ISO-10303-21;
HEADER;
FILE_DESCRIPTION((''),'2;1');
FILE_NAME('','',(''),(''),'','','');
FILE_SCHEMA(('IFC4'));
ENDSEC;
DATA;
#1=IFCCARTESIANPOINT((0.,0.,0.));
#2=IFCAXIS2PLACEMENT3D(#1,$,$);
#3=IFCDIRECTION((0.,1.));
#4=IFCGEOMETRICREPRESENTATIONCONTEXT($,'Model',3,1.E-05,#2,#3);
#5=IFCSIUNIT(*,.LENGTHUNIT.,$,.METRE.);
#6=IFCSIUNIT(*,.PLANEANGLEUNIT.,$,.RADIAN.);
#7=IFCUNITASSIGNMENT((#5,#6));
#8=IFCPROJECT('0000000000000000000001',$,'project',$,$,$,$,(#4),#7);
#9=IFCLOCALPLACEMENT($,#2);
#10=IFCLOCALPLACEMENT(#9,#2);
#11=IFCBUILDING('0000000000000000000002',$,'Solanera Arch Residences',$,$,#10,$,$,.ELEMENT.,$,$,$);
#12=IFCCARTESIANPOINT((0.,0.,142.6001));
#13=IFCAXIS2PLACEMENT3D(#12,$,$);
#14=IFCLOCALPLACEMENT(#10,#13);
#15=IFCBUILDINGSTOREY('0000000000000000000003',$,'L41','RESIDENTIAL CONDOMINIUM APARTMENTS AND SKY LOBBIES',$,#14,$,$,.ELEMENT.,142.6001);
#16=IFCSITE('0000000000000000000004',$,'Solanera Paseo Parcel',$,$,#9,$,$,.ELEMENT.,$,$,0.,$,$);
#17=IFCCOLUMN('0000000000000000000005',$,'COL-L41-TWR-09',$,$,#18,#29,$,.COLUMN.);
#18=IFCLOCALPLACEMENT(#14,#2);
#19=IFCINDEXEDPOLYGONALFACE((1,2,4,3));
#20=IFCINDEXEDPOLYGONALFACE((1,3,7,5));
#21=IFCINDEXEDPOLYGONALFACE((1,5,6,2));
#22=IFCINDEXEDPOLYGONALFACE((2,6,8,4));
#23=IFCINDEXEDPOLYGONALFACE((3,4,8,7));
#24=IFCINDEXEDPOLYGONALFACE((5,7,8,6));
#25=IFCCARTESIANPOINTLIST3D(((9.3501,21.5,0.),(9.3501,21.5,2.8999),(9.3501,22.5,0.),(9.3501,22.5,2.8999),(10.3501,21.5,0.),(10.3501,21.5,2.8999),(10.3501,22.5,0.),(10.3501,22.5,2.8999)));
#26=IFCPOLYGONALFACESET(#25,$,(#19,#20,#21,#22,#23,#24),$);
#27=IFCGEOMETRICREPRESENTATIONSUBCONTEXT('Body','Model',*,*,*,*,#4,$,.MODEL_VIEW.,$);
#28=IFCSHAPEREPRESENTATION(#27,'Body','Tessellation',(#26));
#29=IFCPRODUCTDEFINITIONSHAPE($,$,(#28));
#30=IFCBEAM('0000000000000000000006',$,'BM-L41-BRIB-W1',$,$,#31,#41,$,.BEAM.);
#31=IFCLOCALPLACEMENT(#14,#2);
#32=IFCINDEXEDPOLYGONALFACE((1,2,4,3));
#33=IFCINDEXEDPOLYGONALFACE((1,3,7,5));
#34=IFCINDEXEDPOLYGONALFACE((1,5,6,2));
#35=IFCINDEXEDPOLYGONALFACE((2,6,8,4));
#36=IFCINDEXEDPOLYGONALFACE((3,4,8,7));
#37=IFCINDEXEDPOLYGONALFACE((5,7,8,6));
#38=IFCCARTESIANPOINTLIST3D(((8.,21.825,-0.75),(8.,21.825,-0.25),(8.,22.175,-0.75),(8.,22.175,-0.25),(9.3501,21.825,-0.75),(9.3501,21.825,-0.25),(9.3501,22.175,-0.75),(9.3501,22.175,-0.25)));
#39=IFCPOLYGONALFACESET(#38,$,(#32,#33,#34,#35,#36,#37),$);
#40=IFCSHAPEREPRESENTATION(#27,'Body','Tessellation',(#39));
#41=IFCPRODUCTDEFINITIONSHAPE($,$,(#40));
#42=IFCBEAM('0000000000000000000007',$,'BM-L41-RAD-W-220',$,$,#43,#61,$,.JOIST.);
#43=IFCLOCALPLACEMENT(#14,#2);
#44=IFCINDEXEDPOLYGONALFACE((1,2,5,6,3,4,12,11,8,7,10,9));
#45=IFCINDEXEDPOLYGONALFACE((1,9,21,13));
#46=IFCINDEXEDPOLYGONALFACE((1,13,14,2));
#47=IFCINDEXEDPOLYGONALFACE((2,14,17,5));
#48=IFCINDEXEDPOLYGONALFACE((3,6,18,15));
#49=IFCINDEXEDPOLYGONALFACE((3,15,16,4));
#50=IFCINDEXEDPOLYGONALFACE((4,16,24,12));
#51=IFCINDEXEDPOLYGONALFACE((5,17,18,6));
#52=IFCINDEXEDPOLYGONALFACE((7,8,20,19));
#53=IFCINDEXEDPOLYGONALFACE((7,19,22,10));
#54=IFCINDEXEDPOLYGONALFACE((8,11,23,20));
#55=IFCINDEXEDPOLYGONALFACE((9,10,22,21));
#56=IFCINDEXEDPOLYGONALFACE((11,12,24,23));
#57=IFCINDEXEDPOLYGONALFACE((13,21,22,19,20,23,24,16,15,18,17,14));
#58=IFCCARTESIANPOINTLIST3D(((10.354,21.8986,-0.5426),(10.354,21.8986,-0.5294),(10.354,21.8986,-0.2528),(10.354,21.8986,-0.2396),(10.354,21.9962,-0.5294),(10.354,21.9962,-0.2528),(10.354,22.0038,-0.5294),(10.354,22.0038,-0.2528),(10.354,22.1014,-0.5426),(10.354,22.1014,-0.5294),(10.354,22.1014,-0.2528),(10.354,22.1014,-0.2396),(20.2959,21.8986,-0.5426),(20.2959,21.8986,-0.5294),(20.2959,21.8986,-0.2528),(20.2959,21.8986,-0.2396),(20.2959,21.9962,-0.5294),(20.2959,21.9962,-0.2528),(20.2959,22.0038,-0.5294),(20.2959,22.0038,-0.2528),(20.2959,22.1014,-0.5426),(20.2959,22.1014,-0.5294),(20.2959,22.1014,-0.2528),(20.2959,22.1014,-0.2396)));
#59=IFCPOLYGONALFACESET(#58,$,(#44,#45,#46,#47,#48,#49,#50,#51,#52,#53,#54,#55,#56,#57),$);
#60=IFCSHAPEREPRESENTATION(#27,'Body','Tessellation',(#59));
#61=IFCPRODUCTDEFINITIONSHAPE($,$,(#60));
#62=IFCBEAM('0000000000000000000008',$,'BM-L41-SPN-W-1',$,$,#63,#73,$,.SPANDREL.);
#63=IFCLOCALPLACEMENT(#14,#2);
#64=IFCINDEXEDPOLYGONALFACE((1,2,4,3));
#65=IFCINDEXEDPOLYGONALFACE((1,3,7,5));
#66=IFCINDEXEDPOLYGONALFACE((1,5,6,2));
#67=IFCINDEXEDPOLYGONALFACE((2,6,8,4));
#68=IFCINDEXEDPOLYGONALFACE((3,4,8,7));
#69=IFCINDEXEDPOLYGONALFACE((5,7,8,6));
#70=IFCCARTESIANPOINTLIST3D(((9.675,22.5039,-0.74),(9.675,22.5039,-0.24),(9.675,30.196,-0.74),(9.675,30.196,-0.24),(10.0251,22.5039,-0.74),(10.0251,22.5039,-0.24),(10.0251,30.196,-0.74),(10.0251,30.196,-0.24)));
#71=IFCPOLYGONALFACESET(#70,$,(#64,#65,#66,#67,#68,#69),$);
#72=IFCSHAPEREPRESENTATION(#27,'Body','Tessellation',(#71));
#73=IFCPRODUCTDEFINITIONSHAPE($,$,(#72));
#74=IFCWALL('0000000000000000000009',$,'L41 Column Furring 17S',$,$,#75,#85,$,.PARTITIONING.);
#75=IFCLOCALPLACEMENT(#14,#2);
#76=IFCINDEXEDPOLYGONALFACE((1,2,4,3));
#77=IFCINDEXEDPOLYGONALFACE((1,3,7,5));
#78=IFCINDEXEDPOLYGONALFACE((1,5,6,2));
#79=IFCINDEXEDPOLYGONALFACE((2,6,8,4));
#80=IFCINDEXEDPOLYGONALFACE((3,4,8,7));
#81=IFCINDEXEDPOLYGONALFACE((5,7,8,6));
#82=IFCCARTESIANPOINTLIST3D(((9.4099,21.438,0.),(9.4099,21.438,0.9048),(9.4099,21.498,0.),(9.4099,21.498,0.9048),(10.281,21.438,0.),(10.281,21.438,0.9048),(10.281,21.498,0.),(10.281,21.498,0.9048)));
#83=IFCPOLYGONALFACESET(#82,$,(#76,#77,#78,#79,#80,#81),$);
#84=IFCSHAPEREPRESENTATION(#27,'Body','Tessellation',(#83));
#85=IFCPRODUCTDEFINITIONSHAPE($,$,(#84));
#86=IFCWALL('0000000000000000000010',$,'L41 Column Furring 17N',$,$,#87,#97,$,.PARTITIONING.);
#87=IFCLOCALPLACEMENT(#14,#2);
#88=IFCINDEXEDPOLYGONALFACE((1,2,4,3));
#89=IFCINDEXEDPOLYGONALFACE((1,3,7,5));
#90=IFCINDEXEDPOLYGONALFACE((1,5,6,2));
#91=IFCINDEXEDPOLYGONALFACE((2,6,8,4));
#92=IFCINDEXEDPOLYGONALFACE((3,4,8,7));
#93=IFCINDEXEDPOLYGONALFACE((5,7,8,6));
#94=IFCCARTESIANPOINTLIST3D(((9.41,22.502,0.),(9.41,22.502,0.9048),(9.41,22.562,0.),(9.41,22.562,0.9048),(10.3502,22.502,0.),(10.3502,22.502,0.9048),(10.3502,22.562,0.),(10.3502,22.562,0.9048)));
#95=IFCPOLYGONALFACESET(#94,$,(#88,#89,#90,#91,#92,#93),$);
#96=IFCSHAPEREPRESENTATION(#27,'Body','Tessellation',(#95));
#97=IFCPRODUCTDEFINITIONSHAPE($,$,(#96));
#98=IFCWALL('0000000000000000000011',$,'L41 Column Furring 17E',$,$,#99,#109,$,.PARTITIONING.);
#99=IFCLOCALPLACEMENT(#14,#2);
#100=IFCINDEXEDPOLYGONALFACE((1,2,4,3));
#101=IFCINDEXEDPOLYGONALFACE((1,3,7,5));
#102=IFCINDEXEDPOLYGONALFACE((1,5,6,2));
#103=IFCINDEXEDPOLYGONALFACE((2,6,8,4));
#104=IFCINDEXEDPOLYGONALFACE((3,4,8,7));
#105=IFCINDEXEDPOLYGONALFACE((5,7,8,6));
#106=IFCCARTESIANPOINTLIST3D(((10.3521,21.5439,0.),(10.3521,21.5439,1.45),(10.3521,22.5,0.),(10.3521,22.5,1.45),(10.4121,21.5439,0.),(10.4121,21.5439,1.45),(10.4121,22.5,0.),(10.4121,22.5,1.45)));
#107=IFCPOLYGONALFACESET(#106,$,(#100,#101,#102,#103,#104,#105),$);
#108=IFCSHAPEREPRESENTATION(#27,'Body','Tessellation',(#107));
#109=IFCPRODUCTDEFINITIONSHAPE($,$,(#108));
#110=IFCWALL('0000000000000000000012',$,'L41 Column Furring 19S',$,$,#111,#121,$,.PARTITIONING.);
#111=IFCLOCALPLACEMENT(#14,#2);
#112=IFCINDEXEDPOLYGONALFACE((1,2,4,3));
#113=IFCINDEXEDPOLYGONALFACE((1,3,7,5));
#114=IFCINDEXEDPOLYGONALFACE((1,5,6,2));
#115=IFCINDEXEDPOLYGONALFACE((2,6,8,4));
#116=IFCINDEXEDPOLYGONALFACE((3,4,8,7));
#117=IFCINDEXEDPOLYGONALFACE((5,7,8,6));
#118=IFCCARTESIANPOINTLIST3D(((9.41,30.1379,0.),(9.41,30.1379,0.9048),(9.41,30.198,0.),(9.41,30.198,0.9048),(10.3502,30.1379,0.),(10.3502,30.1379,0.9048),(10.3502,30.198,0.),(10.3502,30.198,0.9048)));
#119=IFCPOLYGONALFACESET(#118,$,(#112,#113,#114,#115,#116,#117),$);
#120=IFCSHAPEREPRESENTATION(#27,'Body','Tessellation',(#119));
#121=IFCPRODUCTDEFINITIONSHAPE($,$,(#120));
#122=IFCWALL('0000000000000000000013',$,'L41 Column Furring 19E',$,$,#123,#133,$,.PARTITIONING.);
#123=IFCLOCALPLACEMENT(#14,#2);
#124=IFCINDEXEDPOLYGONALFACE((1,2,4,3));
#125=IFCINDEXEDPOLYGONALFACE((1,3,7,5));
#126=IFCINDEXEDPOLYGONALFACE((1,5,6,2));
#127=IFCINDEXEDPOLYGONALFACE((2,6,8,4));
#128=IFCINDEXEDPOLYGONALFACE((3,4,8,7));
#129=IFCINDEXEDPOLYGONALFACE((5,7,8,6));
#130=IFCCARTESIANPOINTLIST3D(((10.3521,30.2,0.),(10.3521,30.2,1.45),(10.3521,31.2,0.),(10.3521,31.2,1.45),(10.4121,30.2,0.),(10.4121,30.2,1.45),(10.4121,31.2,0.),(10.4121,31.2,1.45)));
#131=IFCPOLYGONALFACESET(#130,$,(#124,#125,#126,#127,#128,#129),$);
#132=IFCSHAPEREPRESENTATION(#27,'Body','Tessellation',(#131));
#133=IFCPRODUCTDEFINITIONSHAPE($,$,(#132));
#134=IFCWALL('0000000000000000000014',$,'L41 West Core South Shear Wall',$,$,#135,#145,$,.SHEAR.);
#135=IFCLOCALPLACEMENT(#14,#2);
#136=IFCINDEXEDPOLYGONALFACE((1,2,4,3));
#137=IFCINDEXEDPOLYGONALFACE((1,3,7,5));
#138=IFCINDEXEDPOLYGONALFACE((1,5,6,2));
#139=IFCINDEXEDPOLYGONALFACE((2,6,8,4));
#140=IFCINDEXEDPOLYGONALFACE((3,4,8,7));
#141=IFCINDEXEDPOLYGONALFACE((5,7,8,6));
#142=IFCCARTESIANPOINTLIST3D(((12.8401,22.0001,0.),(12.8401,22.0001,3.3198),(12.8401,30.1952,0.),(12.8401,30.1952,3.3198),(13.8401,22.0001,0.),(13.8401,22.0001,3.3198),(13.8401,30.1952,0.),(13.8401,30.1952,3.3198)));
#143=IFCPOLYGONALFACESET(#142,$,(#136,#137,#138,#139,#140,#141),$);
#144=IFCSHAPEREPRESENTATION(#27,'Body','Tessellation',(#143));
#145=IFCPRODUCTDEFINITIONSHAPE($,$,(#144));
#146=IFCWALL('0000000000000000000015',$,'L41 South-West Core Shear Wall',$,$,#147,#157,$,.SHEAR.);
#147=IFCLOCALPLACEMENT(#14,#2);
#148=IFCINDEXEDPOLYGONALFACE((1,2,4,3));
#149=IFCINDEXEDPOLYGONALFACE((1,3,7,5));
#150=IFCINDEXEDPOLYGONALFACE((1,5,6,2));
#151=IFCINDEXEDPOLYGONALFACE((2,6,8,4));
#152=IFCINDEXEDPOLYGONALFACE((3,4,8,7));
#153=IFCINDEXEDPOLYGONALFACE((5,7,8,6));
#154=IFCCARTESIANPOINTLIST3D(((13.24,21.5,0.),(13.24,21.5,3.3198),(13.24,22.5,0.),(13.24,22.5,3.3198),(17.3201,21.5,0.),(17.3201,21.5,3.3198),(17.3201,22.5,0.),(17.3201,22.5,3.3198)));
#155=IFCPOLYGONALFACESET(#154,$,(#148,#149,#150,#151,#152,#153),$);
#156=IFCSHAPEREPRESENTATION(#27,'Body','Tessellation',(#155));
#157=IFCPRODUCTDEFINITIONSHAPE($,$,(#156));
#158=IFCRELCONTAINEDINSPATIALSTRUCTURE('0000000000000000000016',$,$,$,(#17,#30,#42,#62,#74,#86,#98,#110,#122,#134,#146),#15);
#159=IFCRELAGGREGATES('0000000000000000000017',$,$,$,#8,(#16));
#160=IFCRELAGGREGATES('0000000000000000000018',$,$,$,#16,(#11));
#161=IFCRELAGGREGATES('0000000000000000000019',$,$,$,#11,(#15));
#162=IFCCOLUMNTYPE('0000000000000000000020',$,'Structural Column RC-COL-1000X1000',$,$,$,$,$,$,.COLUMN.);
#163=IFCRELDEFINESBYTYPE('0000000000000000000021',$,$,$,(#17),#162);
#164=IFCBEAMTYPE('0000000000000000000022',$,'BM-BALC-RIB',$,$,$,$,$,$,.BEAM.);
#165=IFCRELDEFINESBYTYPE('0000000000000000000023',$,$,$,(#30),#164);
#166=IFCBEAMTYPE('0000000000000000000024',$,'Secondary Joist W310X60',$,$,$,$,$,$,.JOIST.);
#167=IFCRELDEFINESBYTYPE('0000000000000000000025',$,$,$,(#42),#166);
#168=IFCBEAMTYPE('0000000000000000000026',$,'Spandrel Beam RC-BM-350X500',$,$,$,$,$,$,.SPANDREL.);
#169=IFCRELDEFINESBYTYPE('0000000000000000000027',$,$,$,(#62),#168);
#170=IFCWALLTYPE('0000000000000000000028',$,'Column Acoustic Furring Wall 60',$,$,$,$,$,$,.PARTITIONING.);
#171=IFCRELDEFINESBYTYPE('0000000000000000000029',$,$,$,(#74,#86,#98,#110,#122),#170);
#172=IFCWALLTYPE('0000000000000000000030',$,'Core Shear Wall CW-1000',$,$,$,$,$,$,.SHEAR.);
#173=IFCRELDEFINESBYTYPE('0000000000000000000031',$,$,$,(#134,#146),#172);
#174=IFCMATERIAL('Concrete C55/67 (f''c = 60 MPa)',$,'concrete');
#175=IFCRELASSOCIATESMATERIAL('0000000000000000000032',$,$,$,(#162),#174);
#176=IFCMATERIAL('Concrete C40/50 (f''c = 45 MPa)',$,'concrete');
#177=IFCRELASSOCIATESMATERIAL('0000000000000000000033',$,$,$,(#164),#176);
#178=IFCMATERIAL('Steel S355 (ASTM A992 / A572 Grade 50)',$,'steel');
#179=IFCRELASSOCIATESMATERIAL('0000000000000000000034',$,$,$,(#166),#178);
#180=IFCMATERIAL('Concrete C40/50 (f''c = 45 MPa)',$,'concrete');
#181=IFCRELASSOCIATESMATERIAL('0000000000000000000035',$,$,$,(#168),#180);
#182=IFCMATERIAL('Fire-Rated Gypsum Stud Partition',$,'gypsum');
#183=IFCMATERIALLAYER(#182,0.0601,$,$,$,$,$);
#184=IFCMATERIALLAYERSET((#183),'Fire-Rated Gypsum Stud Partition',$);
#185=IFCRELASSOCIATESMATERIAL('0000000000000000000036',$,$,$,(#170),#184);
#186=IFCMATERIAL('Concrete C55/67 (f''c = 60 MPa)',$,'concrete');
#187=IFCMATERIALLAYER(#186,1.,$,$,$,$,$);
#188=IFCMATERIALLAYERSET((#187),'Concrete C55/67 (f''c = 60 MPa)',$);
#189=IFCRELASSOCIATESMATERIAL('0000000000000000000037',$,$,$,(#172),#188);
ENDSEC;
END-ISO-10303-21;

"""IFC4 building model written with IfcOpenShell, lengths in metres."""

from ifc_helpers import new_model, si_unit, direction, frame, frame_2d, origin, origin_2d, place, context, subcontext, project, spatial, rectangle, i_section, extrude, material, layer, layer_set, material_profile, profile_set, type_object, element, save


model = new_model("IFC4")

# Units and contexts
model_context = context("Model", 3, precision=1e-05, world=origin(), true_north=direction((0.0, 1.0)))
body_context = subcontext(model_context, "Body", "Model", "MODEL_VIEW")
ifc_project = project(units=[si_unit("LENGTHUNIT", "METRE"), si_unit("PLANEANGLEUNIT", "RADIAN")], contexts=[model_context])

# Site, building, storey
site_placement = place(None, origin())
site = spatial("IfcSite", under=ifc_project, at=site_placement, Name="Solanera Paseo Parcel", CompositionType="ELEMENT", RefElevation=0.0)
building_placement = place(site_placement, origin())
building = spatial("IfcBuilding", under=site, at=building_placement, Name="Solanera Arch Residences", CompositionType="ELEMENT")
storey_placement = place(building_placement, frame((0.0, 0.0, 142.6001)))
storey = spatial("IfcBuildingStorey", under=building, at=storey_placement, Name="L41", Description="RESIDENTIAL CONDOMINIUM APARTMENTS AND SKY LOBBIES", CompositionType="ELEMENT", Elevation=142.6001)

# Column
ifc_material_1 = material(Name="Concrete C55/67 (f'c = 60 MPa)", Category="concrete")
ifc_material_profile_1 = material_profile(ifc_material_1, rectangle(XDim=1.0, YDim=1.0, at=origin_2d()))
ifc_profile_set_1 = profile_set([ifc_material_profile_1], Name="Concrete C55/67 (f'c = 60 MPa)")
column_type = type_object("IfcColumnType", Name="Structural Column RC-COL-1000X1000", PredefinedType="COLUMN", material=ifc_profile_set_1)
column_placement = place(storey_placement, frame((9.8501, 22.0, 0.0), z_axis=(0.0, 0.0, 1.0), x_axis=(1.0, 0.0, 0.0)))
element("IfcColumn", 1, at=column_placement, inside=storey, type_object=column_type, Name="COL-L41-TWR-09", PredefinedType="COLUMN", context=body_context, shape_type="SweptSolid", body=[
    extrude(rectangle(XDim=1.0, YDim=1.0, at=origin_2d()), origin(), (0.0, 0.0, 1.0), 2.8999),
])

# Beams
ifc_material_2 = material(Name="Concrete C40/50 (f'c = 45 MPa)", Category="concrete")
ifc_material_profile_2 = material_profile(ifc_material_2, rectangle(XDim=0.3501, YDim=0.5, at=origin_2d()))
ifc_profile_set_2 = profile_set([ifc_material_profile_2], Name="Concrete C40/50 (f'c = 45 MPa)")
beam_type_1 = type_object("IfcBeamType", Name="BM-BALC-RIB", PredefinedType="BEAM", material=ifc_profile_set_2)
beam_1_placement = place(storey_placement, frame((8.0, 22.0, -0.5), z_axis=(1.0, 0.0, 0.0), x_axis=(0.0, 1.0, 0.0)))
element("IfcBeam", 2, at=beam_1_placement, inside=storey, type_object=beam_type_1, Name="BM-L41-BRIB-W1", PredefinedType="BEAM", context=body_context, shape_type="SweptSolid", body=[
    extrude(rectangle(XDim=0.3501, YDim=0.5, at=origin_2d()), origin(), (0.0, 0.0, 1.0), 1.3501),
])
ifc_material_3 = material(Name="Steel S355 (ASTM A992 / A572 Grade 50)", Category="steel")
ifc_material_profile_3 = material_profile(ifc_material_3, i_section(OverallWidth=0.2029, OverallDepth=0.303, WebThickness=0.0076, FlangeThickness=0.0132, at=origin_2d()))
ifc_profile_set_3 = profile_set([ifc_material_profile_3], Name="Steel S355 (ASTM A992 / A572 Grade 50)")
beam_type_2 = type_object("IfcBeamType", Name="Secondary Joist W310X60", PredefinedType="JOIST", material=ifc_profile_set_3)
beam_2_placement = place(storey_placement, frame((10.354, 22.0, -0.3911), z_axis=(1.0, 0.0, 0.0), x_axis=(0.0, 1.0, 0.0)))
element("IfcBeam", 3, at=beam_2_placement, inside=storey, type_object=beam_type_2, Name="BM-L41-RAD-W-220", PredefinedType="JOIST", context=body_context, shape_type="SweptSolid", body=[
    extrude(i_section(OverallWidth=0.2029, OverallDepth=0.303, WebThickness=0.0076, FlangeThickness=0.0132, at=origin_2d()), origin(), (0.0, 0.0, 1.0), 9.9419),
])
ifc_material_4 = material(Name="Concrete C40/50 (f'c = 45 MPa)", Category="concrete")
ifc_material_profile_4 = material_profile(ifc_material_4, rectangle(XDim=0.3501, YDim=0.5, at=origin_2d()))
ifc_profile_set_4 = profile_set([ifc_material_profile_4], Name="Concrete C40/50 (f'c = 45 MPa)")
beam_type_3 = type_object("IfcBeamType", Name="Spandrel Beam RC-BM-350X500", PredefinedType="SPANDREL", material=ifc_profile_set_4)
beam_3_placement = place(storey_placement, frame((9.8501, 22.5039, -0.49), z_axis=(0.0, 1.0, 0.0), x_axis=(-1.0, 0.0, 0.0)))
element("IfcBeam", 4, at=beam_3_placement, inside=storey, type_object=beam_type_3, Name="BM-L41-SPN-W-1", PredefinedType="SPANDREL", context=body_context, shape_type="SweptSolid", body=[
    extrude(rectangle(XDim=0.3501, YDim=0.5, at=origin_2d()), origin(), (0.0, 0.0, 1.0), 7.6921),
])

# Walls
ifc_material_5 = material(Name="Fire-Rated Gypsum Stud Partition", Category="gypsum")
ifc_layer_1 = layer(ifc_material_5, 0.0601)
ifc_layer_set_1 = layer_set([ifc_layer_1], Name="Fire-Rated Gypsum Stud Partition")
wall_type_1 = type_object("IfcWallType", Name="Column Acoustic Furring Wall 60", PredefinedType="PARTITIONING", material=ifc_layer_set_1)
wall_1_placement = place(storey_placement, frame((9.4099, 21.468, 0.0), z_axis=(0.0, 0.0, 1.0), x_axis=(1.0, 0.0, 0.0)))
element("IfcWall", 5, at=wall_1_placement, inside=storey, type_object=wall_type_1, Name="L41 Column Furring 17S", PredefinedType="PARTITIONING", context=body_context, shape_type="SweptSolid", body=[
    extrude(rectangle(XDim=0.8711, YDim=0.0601, at=frame_2d((0.4355, 0.0))), origin(), (0.0, 0.0, 1.0), 0.9048),
])
wall_2_placement = place(storey_placement, frame((9.4099, 22.532, 0.0), z_axis=(0.0, 0.0, 1.0), x_axis=(1.0, 0.0, 0.0)))
element("IfcWall", 6, at=wall_2_placement, inside=storey, type_object=wall_type_1, Name="L41 Column Furring 17N", PredefinedType="PARTITIONING", context=body_context, shape_type="SweptSolid", body=[
    extrude(rectangle(XDim=0.9402, YDim=0.0601, at=frame_2d((0.4702, 0.0))), origin(), (0.0, 0.0, 1.0), 0.9048),
])
wall_3_placement = place(storey_placement, frame((10.3821, 21.5439, 0.0), z_axis=(0.0, 0.0, 1.0), x_axis=(0.0, 1.0, 0.0)))
element("IfcWall", 7, at=wall_3_placement, inside=storey, type_object=wall_type_1, Name="L41 Column Furring 17E", PredefinedType="PARTITIONING", context=body_context, shape_type="SweptSolid", body=[
    extrude(rectangle(XDim=0.9561, YDim=0.0601, at=frame_2d((0.478, 0.0))), origin(), (0.0, 0.0, 1.0), 1.45),
])
wall_4_placement = place(storey_placement, frame((9.4099, 30.168, 0.0), z_axis=(0.0, 0.0, 1.0), x_axis=(1.0, 0.0, 0.0)))
element("IfcWall", 8, at=wall_4_placement, inside=storey, type_object=wall_type_1, Name="L41 Column Furring 19S", PredefinedType="PARTITIONING", context=body_context, shape_type="SweptSolid", body=[
    extrude(rectangle(XDim=0.9402, YDim=0.0601, at=frame_2d((0.4702, 0.0))), origin(), (0.0, 0.0, 1.0), 0.9048),
])
wall_5_placement = place(storey_placement, frame((10.3821, 30.2, 0.0), z_axis=(0.0, 0.0, 1.0), x_axis=(0.0, 1.0, 0.0)))
element("IfcWall", 9, at=wall_5_placement, inside=storey, type_object=wall_type_1, Name="L41 Column Furring 19E", PredefinedType="PARTITIONING", context=body_context, shape_type="SweptSolid", body=[
    extrude(rectangle(XDim=1.0, YDim=0.0601, at=frame_2d((0.5, 0.0))), origin(), (0.0, 0.0, 1.0), 1.45),
])
ifc_material_6 = material(Name="Concrete C55/67 (f'c = 60 MPa)", Category="concrete")
ifc_layer_2 = layer(ifc_material_6, 1.0)
ifc_layer_set_2 = layer_set([ifc_layer_2], Name="Concrete C55/67 (f'c = 60 MPa)")
wall_type_2 = type_object("IfcWallType", Name="Core Shear Wall CW-1000", PredefinedType="SHEAR", material=ifc_layer_set_2)
wall_6_placement = place(storey_placement, frame((13.3401, 22.0, 0.0), z_axis=(0.0, 0.0, 1.0), x_axis=(0.0, 1.0, 0.0)))
element("IfcWall", 10, at=wall_6_placement, inside=storey, type_object=wall_type_2, Name="L41 West Core South Shear Wall", PredefinedType="SHEAR", context=body_context, shape_type="SweptSolid", body=[
    extrude(rectangle(XDim=8.1951, YDim=1.0, at=frame_2d((4.0977, 0.0))), origin(), (0.0, 0.0, 1.0), 3.3198),
])
wall_7_placement = place(storey_placement, frame((13.24, 22.0, 0.0), z_axis=(0.0, 0.0, 1.0), x_axis=(1.0, 0.0, 0.0)))
element("IfcWall", 11, at=wall_7_placement, inside=storey, type_object=wall_type_2, Name="L41 South-West Core Shear Wall", PredefinedType="SHEAR", context=body_context, shape_type="SweptSolid", body=[
    extrude(rectangle(XDim=4.0801, YDim=1.0, at=frame_2d((2.04, 0.0))), origin(), (0.0, 0.0, 1.0), 3.3198),
])

save(model, "model.ifc")
